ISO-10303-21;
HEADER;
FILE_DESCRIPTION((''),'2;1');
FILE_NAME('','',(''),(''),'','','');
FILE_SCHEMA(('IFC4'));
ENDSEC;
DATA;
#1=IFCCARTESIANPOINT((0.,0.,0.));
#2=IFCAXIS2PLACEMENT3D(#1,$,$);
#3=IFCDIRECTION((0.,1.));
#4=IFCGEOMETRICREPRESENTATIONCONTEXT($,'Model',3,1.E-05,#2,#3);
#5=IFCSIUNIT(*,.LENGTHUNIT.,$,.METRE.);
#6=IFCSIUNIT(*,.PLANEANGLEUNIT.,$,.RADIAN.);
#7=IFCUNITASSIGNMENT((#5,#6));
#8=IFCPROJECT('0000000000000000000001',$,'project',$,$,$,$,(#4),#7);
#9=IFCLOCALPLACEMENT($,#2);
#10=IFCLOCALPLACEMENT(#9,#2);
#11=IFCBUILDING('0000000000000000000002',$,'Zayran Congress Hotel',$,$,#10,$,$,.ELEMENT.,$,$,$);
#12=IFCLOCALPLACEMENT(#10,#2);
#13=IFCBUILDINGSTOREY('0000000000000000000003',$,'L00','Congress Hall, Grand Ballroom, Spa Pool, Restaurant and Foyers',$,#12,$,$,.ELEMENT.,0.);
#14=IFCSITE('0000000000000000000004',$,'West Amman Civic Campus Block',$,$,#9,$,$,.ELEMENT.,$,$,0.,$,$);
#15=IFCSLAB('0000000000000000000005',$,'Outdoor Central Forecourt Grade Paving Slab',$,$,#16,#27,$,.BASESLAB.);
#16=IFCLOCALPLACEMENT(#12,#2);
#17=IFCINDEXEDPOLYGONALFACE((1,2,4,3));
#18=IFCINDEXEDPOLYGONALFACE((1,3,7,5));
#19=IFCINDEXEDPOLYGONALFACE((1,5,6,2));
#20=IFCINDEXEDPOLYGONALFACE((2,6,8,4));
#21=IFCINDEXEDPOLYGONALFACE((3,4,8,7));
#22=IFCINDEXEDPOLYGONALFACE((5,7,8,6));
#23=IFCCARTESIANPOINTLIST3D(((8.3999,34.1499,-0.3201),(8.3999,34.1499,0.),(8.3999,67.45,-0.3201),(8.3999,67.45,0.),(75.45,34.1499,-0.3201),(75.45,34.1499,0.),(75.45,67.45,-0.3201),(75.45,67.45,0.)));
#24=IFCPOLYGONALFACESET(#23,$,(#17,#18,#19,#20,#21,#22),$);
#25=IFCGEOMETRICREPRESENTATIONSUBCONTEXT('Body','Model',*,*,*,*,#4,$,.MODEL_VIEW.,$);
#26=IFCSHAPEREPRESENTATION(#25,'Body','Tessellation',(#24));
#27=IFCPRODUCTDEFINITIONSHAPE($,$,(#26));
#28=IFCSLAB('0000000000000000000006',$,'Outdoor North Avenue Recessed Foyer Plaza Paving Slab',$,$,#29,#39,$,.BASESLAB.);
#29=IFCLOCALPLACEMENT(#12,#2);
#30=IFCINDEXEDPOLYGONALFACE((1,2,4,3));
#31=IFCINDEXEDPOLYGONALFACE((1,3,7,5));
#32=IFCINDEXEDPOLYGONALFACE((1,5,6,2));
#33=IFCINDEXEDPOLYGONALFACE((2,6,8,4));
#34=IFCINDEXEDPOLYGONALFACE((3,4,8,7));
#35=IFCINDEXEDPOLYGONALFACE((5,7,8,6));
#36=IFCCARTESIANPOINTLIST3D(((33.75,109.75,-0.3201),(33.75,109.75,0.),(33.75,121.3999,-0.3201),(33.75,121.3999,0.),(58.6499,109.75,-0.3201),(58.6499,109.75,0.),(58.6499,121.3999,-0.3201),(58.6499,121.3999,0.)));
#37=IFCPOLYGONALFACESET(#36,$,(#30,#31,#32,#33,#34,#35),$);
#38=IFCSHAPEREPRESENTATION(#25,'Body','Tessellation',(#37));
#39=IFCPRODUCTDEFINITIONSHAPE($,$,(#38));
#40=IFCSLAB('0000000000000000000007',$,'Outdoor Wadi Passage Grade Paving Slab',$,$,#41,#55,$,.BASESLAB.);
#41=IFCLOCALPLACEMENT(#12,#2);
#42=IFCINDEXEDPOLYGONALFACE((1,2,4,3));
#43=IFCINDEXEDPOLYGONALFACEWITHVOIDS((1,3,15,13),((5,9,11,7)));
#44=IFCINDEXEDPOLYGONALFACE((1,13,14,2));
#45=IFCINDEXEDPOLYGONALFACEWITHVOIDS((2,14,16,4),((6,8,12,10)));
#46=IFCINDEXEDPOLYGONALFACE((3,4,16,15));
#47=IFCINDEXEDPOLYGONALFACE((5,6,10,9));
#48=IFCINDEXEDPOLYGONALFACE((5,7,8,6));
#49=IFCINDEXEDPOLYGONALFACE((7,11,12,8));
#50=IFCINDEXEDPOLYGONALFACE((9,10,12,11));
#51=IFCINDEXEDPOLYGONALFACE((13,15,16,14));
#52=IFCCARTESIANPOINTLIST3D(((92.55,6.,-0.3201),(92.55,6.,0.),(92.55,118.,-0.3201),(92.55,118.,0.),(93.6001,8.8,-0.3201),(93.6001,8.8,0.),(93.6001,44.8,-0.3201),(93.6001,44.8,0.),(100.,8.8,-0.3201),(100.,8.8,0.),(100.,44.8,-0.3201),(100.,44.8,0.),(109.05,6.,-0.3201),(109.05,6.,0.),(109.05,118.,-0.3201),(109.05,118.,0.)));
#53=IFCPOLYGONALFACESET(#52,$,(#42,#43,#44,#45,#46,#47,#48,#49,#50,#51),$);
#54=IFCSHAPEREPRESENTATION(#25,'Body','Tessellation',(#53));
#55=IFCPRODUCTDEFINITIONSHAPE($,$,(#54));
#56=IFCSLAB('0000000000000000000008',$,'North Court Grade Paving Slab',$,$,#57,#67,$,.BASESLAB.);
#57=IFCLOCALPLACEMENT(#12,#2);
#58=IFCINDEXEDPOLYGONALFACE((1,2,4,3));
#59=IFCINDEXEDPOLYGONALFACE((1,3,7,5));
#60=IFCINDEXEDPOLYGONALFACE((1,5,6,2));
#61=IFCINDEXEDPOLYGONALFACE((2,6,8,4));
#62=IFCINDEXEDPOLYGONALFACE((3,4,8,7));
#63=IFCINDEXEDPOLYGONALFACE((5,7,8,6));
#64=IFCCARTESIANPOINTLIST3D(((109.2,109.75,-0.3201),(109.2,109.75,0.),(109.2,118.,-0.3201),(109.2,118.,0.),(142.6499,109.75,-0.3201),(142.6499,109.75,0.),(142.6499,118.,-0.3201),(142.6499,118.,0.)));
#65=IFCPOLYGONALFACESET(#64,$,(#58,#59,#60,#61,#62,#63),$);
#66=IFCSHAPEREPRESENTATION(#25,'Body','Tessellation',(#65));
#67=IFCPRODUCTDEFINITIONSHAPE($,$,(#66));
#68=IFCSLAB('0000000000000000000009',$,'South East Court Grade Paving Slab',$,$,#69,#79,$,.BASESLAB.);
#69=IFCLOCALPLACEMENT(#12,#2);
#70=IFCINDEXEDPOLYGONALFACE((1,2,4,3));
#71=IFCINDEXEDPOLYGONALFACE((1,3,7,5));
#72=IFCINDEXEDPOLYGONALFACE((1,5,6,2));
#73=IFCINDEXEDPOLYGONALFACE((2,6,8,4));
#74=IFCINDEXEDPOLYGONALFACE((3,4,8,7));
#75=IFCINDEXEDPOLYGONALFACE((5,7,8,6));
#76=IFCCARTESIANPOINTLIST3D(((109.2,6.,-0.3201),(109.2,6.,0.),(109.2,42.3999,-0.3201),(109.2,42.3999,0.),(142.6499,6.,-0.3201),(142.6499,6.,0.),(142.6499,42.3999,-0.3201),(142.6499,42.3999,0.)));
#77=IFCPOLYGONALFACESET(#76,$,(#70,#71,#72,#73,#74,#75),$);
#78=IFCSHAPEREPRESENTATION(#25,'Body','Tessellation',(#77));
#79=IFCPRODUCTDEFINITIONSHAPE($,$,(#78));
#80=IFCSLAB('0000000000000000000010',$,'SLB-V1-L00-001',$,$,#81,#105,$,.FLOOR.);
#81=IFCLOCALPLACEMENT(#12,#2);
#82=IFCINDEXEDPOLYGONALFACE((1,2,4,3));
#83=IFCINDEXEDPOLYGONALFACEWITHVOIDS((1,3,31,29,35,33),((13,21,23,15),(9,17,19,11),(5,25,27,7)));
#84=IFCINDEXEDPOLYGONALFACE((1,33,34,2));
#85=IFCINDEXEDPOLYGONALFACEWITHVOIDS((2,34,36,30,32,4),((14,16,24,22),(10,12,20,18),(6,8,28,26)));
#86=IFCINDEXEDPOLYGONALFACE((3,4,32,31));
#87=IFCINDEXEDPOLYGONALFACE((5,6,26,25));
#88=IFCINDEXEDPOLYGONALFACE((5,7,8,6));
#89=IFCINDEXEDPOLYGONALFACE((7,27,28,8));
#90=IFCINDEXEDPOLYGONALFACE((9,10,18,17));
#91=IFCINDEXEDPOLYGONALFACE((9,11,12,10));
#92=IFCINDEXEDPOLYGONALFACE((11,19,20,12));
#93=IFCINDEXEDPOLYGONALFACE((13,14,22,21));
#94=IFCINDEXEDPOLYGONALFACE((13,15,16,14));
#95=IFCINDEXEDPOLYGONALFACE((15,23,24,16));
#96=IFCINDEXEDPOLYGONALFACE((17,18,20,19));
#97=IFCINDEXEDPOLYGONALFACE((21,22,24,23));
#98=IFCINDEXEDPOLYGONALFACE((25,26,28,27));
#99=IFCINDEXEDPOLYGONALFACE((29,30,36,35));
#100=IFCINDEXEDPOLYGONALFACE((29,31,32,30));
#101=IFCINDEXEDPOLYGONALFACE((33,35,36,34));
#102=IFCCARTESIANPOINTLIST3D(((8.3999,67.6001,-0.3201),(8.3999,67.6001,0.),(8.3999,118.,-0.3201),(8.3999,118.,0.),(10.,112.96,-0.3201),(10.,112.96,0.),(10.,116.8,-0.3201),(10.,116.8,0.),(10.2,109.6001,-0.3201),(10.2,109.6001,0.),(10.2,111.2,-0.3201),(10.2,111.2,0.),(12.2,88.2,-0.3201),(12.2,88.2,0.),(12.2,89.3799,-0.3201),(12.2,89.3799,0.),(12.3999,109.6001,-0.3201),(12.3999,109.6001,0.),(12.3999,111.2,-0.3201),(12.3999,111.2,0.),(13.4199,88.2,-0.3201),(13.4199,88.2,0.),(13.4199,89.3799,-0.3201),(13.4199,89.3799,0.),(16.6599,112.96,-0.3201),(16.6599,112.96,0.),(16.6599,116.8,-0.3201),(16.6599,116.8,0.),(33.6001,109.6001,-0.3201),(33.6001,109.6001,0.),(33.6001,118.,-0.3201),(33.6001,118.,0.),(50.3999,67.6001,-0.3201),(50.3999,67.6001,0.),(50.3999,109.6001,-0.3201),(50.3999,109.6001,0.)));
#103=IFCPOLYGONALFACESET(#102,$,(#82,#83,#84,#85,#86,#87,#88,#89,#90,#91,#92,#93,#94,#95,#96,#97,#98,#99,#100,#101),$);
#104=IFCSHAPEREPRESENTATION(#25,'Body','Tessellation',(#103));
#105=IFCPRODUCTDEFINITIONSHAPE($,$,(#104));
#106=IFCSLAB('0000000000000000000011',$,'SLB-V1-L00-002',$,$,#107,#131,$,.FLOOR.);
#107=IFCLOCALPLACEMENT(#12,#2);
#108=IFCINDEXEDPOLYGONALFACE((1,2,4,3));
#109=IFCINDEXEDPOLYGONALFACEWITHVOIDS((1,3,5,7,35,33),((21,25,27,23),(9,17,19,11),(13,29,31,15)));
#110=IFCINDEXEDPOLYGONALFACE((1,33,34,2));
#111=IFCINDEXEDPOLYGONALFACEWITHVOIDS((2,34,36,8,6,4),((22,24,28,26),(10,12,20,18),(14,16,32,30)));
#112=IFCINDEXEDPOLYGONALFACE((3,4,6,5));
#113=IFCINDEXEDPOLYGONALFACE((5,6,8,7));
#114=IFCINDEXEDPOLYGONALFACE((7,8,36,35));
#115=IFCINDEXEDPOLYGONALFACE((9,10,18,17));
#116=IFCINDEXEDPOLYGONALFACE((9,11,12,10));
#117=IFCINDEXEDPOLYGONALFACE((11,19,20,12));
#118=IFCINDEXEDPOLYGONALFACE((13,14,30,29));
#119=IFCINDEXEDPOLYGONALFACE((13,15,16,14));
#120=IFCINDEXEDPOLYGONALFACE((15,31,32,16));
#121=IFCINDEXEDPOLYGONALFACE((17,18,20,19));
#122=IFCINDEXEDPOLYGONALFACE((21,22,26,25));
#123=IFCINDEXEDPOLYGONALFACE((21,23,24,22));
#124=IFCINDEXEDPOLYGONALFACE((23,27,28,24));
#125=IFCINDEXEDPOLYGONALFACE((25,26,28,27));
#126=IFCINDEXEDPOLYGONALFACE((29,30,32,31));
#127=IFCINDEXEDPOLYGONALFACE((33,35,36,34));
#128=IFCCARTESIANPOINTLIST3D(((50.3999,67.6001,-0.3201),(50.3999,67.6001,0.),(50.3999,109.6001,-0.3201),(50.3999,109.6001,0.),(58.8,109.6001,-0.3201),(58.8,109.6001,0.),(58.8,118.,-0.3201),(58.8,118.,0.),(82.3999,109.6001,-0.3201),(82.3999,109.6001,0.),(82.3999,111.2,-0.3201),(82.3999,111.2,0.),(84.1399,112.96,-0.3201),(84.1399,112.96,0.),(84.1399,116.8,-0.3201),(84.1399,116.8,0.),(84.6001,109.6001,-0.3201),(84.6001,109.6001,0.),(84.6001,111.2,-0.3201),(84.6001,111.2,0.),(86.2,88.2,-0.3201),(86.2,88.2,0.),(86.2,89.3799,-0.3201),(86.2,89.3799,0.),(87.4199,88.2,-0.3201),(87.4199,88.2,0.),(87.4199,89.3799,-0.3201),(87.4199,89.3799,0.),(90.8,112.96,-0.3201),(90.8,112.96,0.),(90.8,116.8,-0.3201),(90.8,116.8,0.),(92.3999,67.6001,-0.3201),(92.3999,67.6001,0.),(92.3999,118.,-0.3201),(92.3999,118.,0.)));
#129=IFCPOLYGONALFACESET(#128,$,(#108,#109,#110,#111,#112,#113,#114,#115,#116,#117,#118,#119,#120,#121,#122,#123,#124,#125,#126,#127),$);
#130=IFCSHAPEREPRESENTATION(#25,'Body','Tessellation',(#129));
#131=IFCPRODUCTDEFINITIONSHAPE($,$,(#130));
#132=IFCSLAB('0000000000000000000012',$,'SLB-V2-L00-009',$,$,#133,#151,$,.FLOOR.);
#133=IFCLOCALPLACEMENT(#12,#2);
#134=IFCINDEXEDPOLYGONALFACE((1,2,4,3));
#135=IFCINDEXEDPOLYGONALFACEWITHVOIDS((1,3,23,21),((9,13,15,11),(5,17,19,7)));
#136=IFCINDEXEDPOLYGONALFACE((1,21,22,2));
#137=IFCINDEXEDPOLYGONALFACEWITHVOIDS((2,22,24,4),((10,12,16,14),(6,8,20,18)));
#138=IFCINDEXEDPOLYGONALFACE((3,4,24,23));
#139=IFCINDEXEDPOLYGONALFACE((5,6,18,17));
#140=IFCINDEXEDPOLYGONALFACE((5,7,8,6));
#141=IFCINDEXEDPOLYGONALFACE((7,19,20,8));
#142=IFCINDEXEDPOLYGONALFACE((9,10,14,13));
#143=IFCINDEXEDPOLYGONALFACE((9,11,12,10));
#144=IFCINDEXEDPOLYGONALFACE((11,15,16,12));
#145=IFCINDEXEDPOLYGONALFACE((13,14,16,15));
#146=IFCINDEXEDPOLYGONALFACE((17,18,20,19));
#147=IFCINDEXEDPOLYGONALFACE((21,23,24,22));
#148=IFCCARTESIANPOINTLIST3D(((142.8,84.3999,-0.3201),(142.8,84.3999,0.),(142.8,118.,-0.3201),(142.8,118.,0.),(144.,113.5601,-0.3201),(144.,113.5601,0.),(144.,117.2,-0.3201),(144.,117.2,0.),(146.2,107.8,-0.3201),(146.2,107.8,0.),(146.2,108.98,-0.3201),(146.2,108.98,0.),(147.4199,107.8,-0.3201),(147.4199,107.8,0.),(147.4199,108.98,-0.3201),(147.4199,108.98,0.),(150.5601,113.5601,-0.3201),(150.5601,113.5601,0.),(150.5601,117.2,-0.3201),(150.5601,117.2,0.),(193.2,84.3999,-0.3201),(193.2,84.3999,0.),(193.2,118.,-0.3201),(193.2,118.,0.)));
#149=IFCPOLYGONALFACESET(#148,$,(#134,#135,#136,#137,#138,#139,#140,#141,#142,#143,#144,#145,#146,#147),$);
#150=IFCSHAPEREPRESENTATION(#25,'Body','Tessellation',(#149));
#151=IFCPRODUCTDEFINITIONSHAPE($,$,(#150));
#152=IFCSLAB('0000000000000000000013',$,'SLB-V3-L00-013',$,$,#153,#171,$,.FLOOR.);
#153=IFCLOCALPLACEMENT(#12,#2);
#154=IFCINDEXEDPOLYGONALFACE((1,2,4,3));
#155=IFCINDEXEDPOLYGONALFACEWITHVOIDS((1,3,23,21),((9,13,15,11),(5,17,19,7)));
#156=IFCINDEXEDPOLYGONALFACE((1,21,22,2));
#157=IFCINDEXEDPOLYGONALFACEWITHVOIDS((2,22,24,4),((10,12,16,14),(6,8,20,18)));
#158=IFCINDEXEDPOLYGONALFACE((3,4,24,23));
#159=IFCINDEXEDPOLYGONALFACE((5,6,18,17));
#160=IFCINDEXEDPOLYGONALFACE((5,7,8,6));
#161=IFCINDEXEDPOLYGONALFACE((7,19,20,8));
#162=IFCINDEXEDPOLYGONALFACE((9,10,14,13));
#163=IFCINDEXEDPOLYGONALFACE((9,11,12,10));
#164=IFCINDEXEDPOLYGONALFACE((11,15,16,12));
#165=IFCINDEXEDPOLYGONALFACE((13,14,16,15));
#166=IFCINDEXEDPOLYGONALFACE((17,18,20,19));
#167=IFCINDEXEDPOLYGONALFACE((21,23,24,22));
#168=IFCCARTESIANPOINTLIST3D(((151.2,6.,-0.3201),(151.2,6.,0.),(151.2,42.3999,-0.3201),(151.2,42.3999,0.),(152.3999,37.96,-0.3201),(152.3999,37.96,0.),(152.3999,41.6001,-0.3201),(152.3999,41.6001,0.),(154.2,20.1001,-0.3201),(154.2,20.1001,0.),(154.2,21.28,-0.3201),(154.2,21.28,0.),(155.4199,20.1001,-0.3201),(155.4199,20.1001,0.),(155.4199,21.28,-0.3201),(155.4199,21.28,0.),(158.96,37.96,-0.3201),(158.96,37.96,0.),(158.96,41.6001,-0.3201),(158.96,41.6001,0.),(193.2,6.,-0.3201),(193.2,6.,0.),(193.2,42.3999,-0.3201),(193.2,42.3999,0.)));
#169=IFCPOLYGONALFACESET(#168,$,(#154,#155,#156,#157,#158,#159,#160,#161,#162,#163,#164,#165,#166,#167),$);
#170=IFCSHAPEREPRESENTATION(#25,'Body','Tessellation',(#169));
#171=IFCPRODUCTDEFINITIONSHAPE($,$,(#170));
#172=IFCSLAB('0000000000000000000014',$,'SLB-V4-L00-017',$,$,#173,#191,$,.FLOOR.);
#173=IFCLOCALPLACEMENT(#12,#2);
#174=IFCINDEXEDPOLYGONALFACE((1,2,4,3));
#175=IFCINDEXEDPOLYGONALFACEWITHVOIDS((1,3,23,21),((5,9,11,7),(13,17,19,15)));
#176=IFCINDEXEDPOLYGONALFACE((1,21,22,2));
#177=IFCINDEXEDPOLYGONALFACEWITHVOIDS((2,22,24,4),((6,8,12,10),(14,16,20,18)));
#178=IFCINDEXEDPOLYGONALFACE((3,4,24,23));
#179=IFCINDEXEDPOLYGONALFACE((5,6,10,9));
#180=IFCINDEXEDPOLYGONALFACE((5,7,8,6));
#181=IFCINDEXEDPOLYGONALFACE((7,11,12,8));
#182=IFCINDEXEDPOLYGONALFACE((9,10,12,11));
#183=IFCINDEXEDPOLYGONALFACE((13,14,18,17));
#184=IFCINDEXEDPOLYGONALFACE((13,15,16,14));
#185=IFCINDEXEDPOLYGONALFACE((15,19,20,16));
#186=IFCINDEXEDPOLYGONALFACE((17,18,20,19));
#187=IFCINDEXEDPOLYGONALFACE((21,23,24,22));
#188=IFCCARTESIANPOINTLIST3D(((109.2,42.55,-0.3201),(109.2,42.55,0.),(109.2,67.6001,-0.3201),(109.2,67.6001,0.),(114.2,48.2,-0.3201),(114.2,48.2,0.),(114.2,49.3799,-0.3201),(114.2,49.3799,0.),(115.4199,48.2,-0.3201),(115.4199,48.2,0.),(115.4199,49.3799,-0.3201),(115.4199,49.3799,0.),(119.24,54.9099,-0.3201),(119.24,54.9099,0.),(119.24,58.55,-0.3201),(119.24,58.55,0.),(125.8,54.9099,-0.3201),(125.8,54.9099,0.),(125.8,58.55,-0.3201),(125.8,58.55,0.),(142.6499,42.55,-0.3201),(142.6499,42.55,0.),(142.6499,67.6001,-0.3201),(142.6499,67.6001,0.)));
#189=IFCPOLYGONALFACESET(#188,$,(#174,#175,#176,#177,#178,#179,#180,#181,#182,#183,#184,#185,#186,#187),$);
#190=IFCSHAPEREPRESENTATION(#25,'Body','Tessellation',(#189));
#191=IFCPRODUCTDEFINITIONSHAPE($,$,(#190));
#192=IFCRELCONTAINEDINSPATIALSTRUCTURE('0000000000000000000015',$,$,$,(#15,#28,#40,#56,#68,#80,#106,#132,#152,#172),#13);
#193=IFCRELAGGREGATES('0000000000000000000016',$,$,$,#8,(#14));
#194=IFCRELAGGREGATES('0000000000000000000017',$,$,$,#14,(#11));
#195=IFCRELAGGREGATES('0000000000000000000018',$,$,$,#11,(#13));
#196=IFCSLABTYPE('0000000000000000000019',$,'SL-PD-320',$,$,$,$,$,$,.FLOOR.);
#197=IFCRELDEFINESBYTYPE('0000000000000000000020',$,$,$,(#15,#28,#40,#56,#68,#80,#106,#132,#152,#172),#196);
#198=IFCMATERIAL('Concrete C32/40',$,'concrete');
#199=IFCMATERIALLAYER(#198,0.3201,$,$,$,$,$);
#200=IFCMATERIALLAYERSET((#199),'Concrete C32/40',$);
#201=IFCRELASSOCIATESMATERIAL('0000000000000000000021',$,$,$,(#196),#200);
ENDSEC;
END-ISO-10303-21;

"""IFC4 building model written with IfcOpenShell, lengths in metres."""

from ifc_helpers import new_model, si_unit, direction, frame, origin, place, context, subcontext, project, spatial, polyline, outline, extrude, material, layer, layer_set, type_object, element, save


model = new_model("IFC4")

# Units and contexts
model_context = context("Model", 3, precision=1e-05, world=origin(), true_north=direction((0.0, 1.0)))
body_context = subcontext(model_context, "Body", "Model", "MODEL_VIEW")
ifc_project = project(units=[si_unit("LENGTHUNIT", "METRE"), si_unit("PLANEANGLEUNIT", "RADIAN")], contexts=[model_context])

# Site, building, storey
site_placement = place(None, origin())
site = spatial("IfcSite", under=ifc_project, at=site_placement, Name="West Amman Civic Campus Block", CompositionType="ELEMENT", RefElevation=0.0)
building_placement = place(site_placement, origin())
building = spatial("IfcBuilding", under=site, at=building_placement, Name="Zayran Congress Hotel", CompositionType="ELEMENT")
storey_placement = place(building_placement, origin())
storey = spatial("IfcBuildingStorey", under=building, at=storey_placement, Name="L00", Description="Congress Hall, Grand Ballroom, Spa Pool, Restaurant and Foyers", CompositionType="ELEMENT", Elevation=0.0)

# Slabs
ifc_material_1 = material(Name="Concrete C32/40", Category="concrete")
ifc_layer_1 = layer(ifc_material_1, 0.3201)
ifc_layer_set_1 = layer_set([ifc_layer_1], Name="Concrete C32/40")
slab_type_1 = type_object("IfcSlabType", Name="SL-PD-320", PredefinedType="FLOOR", material=ifc_layer_set_1)
slab_1_placement = place(storey_placement, frame((0.0, 0.0, -0.3201)))
element("IfcSlab", 1, at=slab_1_placement, inside=storey, type_object=slab_type_1, Name="Outdoor Central Forecourt Grade Paving Slab", PredefinedType="BASESLAB", context=body_context, shape_type="SweptSolid", body=[
    extrude(outline(polyline([(8.3999, 34.1499), (75.45, 34.1499), (75.45, 67.45), (8.3999, 67.45), (8.3999, 34.1499)])), origin(), (0.0, 0.0, 1.0), 0.3201),
])
slab_2_placement = place(storey_placement, frame((0.0, 0.0, -0.3201)))
element("IfcSlab", 2, at=slab_2_placement, inside=storey, type_object=slab_type_1, Name="Outdoor North Avenue Recessed Foyer Plaza Paving Slab", PredefinedType="BASESLAB", context=body_context, shape_type="SweptSolid", body=[
    extrude(outline(polyline([(33.75, 109.75), (58.6499, 109.75), (58.6499, 121.3999), (33.75, 121.3999), (33.75, 109.75)])), origin(), (0.0, 0.0, 1.0), 0.3201),
])
slab_3_placement = place(storey_placement, frame((0.0, 0.0, -0.3201)))
element("IfcSlab", 3, at=slab_3_placement, inside=storey, type_object=slab_type_1, Name="Outdoor Wadi Passage Grade Paving Slab", PredefinedType="BASESLAB", context=body_context, shape_type="SweptSolid", body=[
    extrude(outline(polyline([(92.55, 6.0), (109.05, 6.0), (109.05, 118.0), (92.55, 118.0), (92.55, 6.0)]), holes=[polyline([(93.6001, 8.8), (100.0, 8.8), (100.0, 44.8), (93.6001, 44.8), (93.6001, 8.8)])]), origin(), (0.0, 0.0, 1.0), 0.3201),
])
slab_4_placement = place(storey_placement, frame((0.0, 0.0, -0.3201)))
element("IfcSlab", 4, at=slab_4_placement, inside=storey, type_object=slab_type_1, Name="North Court Grade Paving Slab", PredefinedType="BASESLAB", context=body_context, shape_type="SweptSolid", body=[
    extrude(outline(polyline([(109.2, 109.75), (142.6499, 109.75), (142.6499, 118.0), (109.2, 118.0), (109.2, 109.75)])), origin(), (0.0, 0.0, 1.0), 0.3201),
])
slab_5_placement = place(storey_placement, frame((0.0, 0.0, -0.3201)))
element("IfcSlab", 5, at=slab_5_placement, inside=storey, type_object=slab_type_1, Name="South East Court Grade Paving Slab", PredefinedType="BASESLAB", context=body_context, shape_type="SweptSolid", body=[
    extrude(outline(polyline([(109.2, 6.0), (142.6499, 6.0), (142.6499, 42.3999), (109.2, 42.3999), (109.2, 6.0)])), origin(), (0.0, 0.0, 1.0), 0.3201),
])
slab_6_placement = place(storey_placement, frame((0.0, 0.0, -0.3201)))
element("IfcSlab", 6, at=slab_6_placement, inside=storey, type_object=slab_type_1, Name="SLB-V1-L00-001", PredefinedType="FLOOR", context=body_context, shape_type="SweptSolid", body=[
    extrude(outline(polyline([(8.3999, 67.6001), (50.3999, 67.6001), (50.3999, 109.6001), (33.6001, 109.6001), (33.6001, 118.0), (8.3999, 118.0), (8.3999, 67.6001)]), holes=[polyline([(10.0, 112.96), (16.6599, 112.96), (16.6599, 116.8), (10.0, 116.8), (10.0, 112.96)]), polyline([(10.2, 109.6001), (12.3999, 109.6001), (12.3999, 111.2), (10.2, 111.2), (10.2, 109.6001)]), polyline([(12.2, 88.2), (13.4199, 88.2), (13.4199, 89.3799), (12.2, 89.3799), (12.2, 88.2)])]), origin(), (0.0, 0.0, 1.0), 0.3201),
])
slab_7_placement = place(storey_placement, frame((0.0, 0.0, -0.3201)))
element("IfcSlab", 7, at=slab_7_placement, inside=storey, type_object=slab_type_1, Name="SLB-V1-L00-002", PredefinedType="FLOOR", context=body_context, shape_type="SweptSolid", body=[
    extrude(outline(polyline([(50.3999, 67.6001), (92.3999, 67.6001), (92.3999, 118.0), (58.8, 118.0), (58.8, 109.6001), (50.3999, 109.6001), (50.3999, 67.6001)]), holes=[polyline([(84.1399, 112.96), (90.8, 112.96), (90.8, 116.8), (84.1399, 116.8), (84.1399, 112.96)]), polyline([(82.3999, 109.6001), (84.6001, 109.6001), (84.6001, 111.2), (82.3999, 111.2), (82.3999, 109.6001)]), polyline([(86.2, 88.2), (87.4199, 88.2), (87.4199, 89.3799), (86.2, 89.3799), (86.2, 88.2)])]), origin(), (0.0, 0.0, 1.0), 0.3201),
])
slab_8_placement = place(storey_placement, frame((0.0, 0.0, -0.3201)))
element("IfcSlab", 8, at=slab_8_placement, inside=storey, type_object=slab_type_1, Name="SLB-V2-L00-009", PredefinedType="FLOOR", context=body_context, shape_type="SweptSolid", body=[
    extrude(outline(polyline([(142.8, 84.3999), (193.2, 84.3999), (193.2, 118.0), (142.8, 118.0), (142.8, 84.3999)]), holes=[polyline([(144.0, 113.5601), (150.5601, 113.5601), (150.5601, 117.2), (144.0, 117.2), (144.0, 113.5601)]), polyline([(146.2, 107.8), (147.4199, 107.8), (147.4199, 108.98), (146.2, 108.98), (146.2, 107.8)])]), origin(), (0.0, 0.0, 1.0), 0.3201),
])
slab_9_placement = place(storey_placement, frame((0.0, 0.0, -0.3201)))
element("IfcSlab", 9, at=slab_9_placement, inside=storey, type_object=slab_type_1, Name="SLB-V3-L00-013", PredefinedType="FLOOR", context=body_context, shape_type="SweptSolid", body=[
    extrude(outline(polyline([(151.2, 6.0), (193.2, 6.0), (193.2, 42.3999), (151.2, 42.3999), (151.2, 6.0)]), holes=[polyline([(152.3999, 37.96), (158.96, 37.96), (158.96, 41.6001), (152.3999, 41.6001), (152.3999, 37.96)]), polyline([(154.2, 20.1001), (155.4199, 20.1001), (155.4199, 21.28), (154.2, 21.28), (154.2, 20.1001)])]), origin(), (0.0, 0.0, 1.0), 0.3201),
])
slab_10_placement = place(storey_placement, frame((0.0, 0.0, -0.3201)))
element("IfcSlab", 10, at=slab_10_placement, inside=storey, type_object=slab_type_1, Name="SLB-V4-L00-017", PredefinedType="FLOOR", context=body_context, shape_type="SweptSolid", body=[
    extrude(outline(polyline([(109.2, 42.55), (142.6499, 42.55), (142.6499, 67.6001), (109.2, 67.6001), (109.2, 42.55)]), holes=[polyline([(119.24, 54.9099), (125.8, 54.9099), (125.8, 58.55), (119.24, 58.55), (119.24, 54.9099)]), polyline([(114.2, 48.2), (115.4199, 48.2), (115.4199, 49.3799), (114.2, 49.3799), (114.2, 48.2)])]), origin(), (0.0, 0.0, 1.0), 0.3201),
])

save(model, "model.ifc")
